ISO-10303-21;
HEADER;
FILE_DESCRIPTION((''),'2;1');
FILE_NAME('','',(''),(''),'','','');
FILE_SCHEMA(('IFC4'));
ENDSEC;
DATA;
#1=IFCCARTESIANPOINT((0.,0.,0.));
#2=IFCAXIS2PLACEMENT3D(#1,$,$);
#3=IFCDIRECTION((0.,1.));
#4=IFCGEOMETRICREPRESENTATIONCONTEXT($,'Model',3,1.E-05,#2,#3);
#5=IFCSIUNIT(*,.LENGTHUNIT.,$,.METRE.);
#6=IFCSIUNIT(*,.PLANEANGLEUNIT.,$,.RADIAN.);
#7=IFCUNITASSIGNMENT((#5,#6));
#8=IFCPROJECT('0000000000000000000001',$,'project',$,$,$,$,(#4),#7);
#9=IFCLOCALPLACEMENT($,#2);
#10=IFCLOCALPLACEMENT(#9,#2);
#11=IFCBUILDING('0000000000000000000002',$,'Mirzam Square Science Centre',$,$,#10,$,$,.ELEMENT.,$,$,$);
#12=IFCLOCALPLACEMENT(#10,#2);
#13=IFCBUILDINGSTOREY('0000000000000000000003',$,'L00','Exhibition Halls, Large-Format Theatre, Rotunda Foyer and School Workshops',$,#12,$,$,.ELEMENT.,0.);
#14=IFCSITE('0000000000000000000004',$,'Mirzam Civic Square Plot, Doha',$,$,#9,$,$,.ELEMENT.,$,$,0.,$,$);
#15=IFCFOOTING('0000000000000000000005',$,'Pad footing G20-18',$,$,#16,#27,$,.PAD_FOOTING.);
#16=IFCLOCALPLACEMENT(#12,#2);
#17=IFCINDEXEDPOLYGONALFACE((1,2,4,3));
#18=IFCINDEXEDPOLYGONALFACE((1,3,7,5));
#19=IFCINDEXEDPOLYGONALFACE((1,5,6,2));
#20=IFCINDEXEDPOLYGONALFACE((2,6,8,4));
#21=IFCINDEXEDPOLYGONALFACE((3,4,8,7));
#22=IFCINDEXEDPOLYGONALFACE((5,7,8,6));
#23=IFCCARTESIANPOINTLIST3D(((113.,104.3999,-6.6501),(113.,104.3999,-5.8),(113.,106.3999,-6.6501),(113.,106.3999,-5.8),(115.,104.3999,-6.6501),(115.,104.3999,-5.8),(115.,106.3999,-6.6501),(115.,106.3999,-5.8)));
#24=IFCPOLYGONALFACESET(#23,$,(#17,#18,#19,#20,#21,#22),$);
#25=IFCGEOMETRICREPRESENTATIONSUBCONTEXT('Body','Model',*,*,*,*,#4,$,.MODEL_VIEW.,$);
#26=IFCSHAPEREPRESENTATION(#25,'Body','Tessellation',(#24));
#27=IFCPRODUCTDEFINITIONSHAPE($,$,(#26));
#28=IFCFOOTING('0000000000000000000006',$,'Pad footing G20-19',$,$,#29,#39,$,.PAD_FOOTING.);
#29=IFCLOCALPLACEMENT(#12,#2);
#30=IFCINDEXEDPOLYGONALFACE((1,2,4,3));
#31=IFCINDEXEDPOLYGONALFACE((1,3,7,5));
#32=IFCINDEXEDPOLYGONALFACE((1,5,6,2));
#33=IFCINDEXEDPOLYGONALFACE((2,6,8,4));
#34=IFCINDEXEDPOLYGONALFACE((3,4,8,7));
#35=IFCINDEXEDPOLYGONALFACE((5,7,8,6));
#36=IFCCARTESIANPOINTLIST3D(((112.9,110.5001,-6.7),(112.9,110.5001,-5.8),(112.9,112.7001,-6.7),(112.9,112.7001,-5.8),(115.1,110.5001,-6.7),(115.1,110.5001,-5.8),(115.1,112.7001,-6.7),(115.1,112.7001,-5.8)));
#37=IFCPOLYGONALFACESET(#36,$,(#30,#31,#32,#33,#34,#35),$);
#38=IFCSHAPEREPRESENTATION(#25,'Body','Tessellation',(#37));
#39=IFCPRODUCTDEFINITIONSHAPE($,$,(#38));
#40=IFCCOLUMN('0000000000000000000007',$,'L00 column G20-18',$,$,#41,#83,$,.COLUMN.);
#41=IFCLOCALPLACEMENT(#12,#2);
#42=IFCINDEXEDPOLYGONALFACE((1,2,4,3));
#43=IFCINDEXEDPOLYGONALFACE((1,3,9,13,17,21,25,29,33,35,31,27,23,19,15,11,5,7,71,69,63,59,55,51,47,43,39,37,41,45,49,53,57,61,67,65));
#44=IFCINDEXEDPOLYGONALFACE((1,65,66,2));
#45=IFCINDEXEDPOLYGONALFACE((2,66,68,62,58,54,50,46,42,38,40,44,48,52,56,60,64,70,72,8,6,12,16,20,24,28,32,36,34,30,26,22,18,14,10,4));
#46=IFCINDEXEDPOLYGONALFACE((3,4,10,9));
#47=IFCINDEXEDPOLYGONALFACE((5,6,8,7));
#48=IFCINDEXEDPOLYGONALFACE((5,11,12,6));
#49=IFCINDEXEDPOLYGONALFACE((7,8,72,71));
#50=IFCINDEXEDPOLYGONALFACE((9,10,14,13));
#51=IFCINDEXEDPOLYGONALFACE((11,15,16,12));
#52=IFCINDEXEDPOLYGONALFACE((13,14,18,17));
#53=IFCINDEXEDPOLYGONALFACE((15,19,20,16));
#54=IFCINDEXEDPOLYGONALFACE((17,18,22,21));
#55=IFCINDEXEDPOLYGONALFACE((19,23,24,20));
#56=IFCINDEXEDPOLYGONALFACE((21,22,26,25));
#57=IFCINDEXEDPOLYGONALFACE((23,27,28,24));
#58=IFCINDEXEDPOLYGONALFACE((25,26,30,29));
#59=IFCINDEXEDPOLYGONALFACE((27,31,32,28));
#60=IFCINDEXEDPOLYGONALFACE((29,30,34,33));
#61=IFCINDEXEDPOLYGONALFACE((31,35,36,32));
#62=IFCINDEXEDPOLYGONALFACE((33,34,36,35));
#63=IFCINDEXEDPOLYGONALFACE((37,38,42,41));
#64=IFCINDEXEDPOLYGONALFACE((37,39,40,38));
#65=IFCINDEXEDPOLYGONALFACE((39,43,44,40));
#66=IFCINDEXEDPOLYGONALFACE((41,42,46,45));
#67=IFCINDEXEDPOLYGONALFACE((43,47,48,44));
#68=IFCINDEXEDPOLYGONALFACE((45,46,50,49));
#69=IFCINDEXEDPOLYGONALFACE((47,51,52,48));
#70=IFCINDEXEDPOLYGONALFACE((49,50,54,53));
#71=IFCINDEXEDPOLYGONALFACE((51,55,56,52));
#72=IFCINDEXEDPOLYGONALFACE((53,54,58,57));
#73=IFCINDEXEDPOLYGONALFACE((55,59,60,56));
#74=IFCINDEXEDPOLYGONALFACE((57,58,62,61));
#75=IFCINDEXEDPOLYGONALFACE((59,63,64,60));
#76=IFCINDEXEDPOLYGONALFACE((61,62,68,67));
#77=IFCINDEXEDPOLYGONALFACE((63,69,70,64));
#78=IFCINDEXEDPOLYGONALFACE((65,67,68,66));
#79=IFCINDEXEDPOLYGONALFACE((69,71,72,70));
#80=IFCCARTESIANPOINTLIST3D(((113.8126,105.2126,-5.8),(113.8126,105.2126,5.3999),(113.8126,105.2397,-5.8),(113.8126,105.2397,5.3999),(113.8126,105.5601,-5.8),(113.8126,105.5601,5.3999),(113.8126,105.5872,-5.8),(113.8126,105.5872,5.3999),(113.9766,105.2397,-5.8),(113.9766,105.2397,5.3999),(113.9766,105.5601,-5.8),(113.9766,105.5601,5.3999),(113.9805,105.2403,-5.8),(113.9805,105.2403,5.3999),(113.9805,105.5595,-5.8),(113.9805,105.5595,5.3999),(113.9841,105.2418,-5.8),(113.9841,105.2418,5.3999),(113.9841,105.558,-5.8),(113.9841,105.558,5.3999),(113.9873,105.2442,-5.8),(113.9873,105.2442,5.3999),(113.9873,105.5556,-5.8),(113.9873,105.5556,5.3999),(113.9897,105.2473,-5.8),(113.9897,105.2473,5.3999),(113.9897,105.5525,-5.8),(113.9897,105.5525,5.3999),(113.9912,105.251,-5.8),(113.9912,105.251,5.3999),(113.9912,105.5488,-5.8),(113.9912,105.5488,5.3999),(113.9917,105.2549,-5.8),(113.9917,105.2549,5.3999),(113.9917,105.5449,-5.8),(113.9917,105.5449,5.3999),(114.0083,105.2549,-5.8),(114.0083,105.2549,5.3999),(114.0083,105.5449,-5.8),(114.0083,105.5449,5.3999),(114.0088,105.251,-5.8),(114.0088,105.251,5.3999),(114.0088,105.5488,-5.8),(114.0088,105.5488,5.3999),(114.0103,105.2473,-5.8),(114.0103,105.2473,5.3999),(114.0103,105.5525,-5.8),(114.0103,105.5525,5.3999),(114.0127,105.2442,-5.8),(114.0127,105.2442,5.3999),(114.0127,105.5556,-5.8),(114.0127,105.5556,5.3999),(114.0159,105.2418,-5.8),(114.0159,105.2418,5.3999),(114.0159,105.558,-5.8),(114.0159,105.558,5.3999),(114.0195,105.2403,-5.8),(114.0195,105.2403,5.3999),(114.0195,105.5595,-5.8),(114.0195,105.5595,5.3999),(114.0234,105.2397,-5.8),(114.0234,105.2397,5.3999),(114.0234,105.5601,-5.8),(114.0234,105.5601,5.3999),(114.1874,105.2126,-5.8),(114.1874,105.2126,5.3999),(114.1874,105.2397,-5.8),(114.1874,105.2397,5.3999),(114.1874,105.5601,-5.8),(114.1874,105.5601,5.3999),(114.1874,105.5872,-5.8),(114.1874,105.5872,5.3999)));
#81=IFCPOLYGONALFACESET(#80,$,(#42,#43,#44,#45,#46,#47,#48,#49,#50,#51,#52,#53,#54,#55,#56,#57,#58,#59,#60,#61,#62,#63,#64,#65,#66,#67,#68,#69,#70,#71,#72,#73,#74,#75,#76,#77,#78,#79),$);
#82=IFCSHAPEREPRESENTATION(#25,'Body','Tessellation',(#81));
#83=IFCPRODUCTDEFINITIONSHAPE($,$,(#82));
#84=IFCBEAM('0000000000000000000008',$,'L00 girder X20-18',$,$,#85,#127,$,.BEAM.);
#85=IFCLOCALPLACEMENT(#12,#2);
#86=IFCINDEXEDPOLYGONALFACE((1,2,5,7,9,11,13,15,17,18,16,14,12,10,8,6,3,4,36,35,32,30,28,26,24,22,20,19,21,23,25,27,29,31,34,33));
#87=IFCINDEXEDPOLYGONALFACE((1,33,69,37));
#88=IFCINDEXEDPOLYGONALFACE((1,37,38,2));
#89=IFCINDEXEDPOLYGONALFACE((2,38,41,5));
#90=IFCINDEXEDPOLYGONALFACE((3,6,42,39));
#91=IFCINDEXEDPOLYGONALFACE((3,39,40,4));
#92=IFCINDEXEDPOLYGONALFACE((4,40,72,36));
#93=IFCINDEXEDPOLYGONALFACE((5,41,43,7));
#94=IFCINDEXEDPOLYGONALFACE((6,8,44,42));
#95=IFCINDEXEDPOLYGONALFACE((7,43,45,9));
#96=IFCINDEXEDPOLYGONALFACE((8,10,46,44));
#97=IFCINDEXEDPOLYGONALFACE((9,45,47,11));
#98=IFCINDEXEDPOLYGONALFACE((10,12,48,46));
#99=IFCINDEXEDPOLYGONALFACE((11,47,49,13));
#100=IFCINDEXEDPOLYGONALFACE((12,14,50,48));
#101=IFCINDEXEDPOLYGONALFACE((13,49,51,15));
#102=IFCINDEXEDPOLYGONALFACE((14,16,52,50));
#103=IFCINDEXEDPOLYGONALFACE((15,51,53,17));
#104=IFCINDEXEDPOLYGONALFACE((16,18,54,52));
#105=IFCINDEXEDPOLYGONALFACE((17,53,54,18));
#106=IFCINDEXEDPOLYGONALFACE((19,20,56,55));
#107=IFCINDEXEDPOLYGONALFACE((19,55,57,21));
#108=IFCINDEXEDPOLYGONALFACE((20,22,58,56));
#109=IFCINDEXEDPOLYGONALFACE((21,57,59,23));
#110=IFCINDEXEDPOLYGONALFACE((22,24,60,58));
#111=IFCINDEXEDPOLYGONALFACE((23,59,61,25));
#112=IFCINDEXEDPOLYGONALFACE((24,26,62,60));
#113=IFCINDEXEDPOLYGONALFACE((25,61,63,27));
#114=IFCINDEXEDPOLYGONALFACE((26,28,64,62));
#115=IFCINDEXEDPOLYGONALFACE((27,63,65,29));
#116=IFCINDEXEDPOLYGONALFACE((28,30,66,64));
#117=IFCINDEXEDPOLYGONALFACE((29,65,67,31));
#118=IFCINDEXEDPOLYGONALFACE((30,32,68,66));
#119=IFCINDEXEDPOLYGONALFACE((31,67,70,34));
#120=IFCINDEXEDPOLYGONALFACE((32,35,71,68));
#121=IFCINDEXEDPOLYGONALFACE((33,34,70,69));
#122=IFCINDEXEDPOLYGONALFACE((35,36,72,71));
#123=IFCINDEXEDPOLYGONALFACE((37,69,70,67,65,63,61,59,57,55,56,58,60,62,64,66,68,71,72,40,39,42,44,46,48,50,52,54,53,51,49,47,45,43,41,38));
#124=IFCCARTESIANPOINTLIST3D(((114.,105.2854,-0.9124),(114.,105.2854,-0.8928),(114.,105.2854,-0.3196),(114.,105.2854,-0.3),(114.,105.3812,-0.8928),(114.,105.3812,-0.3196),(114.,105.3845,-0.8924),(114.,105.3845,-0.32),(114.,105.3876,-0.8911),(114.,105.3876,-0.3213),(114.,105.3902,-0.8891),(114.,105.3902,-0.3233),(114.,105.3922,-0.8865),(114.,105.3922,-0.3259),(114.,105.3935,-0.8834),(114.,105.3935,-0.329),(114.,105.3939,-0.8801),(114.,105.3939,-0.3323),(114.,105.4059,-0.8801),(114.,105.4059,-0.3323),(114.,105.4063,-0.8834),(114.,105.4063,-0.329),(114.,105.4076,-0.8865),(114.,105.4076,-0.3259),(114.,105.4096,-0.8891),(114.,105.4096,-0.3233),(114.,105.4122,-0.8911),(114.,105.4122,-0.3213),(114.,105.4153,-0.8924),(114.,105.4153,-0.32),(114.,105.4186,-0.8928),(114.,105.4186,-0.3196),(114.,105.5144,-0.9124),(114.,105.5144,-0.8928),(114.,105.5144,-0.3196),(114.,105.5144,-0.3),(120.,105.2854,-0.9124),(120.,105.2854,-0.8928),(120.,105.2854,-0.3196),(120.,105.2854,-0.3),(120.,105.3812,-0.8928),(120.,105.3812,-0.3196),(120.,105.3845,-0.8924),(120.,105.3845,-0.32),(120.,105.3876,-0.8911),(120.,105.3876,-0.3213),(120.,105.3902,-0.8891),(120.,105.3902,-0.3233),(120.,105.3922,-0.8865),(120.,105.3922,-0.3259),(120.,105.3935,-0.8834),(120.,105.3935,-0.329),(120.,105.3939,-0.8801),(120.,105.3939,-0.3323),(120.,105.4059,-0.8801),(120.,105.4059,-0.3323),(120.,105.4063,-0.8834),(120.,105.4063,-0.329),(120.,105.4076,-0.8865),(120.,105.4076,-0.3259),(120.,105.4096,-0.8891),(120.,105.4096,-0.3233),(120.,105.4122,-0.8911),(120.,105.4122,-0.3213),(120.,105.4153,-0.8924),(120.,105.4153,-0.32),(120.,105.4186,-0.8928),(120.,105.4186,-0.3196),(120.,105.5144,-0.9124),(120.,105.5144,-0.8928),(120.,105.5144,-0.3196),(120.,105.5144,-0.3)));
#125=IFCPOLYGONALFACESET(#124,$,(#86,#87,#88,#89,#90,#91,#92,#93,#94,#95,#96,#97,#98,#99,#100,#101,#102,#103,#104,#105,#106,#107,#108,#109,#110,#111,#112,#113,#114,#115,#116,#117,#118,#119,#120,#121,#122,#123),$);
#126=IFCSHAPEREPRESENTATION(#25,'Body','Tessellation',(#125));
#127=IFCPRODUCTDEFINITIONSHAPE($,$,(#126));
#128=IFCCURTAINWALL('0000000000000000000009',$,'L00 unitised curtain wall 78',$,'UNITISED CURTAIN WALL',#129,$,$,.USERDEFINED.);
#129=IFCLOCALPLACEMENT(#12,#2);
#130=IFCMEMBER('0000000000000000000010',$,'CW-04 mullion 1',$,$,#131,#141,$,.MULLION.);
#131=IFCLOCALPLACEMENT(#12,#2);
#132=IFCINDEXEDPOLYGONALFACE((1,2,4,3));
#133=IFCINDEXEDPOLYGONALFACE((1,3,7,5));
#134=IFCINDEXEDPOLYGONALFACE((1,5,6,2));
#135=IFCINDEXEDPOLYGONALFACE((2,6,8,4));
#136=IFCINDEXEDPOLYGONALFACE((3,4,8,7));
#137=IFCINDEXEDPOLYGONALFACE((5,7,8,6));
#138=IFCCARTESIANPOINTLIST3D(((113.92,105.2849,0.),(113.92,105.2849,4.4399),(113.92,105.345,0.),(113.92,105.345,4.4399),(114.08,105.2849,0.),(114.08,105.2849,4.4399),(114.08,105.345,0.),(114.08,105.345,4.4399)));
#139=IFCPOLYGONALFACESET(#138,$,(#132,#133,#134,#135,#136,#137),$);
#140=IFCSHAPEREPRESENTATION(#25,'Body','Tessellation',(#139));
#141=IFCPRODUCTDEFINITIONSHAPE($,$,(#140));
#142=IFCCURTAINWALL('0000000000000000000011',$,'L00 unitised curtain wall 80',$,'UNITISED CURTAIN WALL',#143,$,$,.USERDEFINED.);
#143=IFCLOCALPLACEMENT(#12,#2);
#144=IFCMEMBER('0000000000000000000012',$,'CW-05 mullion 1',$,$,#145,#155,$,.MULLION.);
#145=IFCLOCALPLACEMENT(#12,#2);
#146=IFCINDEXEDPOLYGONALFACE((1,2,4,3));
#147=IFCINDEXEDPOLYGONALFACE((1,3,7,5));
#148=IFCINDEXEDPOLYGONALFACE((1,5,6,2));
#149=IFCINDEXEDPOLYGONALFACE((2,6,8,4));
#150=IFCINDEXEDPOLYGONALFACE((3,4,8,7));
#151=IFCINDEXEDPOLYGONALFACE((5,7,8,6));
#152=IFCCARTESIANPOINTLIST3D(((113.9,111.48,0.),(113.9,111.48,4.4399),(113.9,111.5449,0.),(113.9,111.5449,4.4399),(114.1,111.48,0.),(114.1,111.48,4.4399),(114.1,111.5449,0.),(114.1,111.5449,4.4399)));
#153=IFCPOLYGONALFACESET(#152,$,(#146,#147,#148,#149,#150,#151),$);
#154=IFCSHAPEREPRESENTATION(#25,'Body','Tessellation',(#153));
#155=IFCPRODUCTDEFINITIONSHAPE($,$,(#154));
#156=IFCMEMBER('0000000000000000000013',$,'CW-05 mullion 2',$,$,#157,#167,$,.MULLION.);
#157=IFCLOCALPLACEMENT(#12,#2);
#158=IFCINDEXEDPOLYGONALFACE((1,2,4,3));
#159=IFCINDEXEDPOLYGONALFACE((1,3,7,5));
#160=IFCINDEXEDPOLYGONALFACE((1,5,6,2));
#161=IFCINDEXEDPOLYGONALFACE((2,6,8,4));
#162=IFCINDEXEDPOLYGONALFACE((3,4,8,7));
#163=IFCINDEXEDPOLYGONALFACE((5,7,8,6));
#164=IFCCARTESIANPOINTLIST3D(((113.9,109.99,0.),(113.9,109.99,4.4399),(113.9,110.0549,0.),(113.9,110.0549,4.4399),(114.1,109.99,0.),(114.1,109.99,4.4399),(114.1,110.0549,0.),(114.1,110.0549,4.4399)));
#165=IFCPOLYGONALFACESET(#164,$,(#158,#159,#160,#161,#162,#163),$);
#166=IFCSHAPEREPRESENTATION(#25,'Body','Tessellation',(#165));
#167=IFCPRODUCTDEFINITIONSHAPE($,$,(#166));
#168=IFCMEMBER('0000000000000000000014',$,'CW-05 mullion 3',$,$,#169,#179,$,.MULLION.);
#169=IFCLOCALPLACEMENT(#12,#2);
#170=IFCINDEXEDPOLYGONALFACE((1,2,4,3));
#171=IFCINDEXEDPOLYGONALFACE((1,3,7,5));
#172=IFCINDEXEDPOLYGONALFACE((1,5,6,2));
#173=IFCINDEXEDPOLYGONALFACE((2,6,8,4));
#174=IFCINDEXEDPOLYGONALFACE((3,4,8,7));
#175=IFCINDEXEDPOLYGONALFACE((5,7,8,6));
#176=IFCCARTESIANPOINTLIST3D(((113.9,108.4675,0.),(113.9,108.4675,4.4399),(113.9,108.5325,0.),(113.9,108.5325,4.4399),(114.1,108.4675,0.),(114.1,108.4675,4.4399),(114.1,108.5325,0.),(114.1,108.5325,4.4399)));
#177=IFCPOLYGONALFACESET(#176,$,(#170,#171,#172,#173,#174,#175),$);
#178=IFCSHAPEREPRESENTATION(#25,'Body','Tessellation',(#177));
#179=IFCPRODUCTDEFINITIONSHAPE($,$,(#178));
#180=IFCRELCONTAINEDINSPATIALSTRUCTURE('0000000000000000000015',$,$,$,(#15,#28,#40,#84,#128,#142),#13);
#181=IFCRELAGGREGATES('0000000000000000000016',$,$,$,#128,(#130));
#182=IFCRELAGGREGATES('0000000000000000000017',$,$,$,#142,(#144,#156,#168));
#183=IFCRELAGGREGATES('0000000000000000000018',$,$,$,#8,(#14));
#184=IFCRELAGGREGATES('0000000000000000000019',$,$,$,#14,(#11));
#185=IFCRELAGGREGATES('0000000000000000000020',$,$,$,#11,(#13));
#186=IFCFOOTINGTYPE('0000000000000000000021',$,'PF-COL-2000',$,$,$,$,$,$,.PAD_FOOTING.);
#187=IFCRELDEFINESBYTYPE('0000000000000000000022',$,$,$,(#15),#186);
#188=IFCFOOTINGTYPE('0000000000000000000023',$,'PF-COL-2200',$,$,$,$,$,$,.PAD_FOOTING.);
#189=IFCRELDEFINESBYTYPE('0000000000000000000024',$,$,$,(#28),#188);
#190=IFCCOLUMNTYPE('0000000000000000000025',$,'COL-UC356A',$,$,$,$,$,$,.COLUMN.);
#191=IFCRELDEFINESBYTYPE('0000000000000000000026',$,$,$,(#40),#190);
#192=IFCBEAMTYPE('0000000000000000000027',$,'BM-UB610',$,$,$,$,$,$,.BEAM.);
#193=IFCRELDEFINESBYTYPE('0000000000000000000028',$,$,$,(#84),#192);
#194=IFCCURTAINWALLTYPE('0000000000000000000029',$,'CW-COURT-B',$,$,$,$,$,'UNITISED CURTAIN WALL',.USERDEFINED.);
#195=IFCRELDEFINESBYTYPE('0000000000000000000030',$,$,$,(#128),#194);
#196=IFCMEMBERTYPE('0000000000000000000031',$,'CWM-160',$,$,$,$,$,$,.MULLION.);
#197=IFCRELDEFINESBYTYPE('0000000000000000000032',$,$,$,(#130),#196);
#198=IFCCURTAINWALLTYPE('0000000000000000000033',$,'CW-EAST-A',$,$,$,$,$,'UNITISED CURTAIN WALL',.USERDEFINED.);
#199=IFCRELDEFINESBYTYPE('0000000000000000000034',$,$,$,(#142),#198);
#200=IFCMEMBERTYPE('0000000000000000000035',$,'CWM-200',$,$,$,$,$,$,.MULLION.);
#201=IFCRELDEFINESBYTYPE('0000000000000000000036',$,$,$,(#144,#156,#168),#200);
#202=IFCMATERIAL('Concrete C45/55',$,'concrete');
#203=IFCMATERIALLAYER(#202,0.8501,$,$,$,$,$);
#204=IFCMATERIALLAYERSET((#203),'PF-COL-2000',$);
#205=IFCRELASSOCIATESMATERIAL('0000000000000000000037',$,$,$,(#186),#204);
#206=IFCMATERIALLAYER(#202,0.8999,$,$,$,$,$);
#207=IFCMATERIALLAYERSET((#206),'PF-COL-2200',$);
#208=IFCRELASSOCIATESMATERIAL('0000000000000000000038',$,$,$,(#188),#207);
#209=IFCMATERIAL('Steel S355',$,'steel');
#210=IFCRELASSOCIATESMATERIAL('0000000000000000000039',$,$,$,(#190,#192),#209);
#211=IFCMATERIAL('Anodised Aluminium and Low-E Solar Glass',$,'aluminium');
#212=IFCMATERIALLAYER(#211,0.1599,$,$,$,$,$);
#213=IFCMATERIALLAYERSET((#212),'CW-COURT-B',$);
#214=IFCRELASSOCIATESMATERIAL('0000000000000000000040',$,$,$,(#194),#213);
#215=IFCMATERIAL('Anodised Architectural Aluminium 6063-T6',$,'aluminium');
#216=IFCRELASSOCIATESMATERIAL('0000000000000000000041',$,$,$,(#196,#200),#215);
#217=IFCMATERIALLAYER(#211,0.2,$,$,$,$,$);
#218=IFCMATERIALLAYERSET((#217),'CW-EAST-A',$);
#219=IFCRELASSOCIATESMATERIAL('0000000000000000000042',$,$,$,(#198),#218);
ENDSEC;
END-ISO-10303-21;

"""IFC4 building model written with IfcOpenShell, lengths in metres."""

from ifc_helpers import new_model, si_unit, direction, frame, origin, origin_2d, place, context, subcontext, project, spatial, rectangle, i_section, extrude, material, layer, layer_set, material_profile, profile_set, type_object, element, aggregate, save


model = new_model("IFC4")

# Units and contexts
model_context = context("Model", 3, precision=1e-05, world=origin(), true_north=direction((0.0, 1.0)))
body_context = subcontext(model_context, "Body", "Model", "MODEL_VIEW")
ifc_project = project(units=[si_unit("LENGTHUNIT", "METRE"), si_unit("PLANEANGLEUNIT", "RADIAN")], contexts=[model_context])

# Site, building, storey
site_placement = place(None, origin())
site = spatial("IfcSite", under=ifc_project, at=site_placement, Name="Mirzam Civic Square Plot, Doha", CompositionType="ELEMENT", RefElevation=0.0)
building_placement = place(site_placement, origin())
building = spatial("IfcBuilding", under=site, at=building_placement, Name="Mirzam Square Science Centre", CompositionType="ELEMENT")
storey_placement = place(building_placement, origin())
storey = spatial("IfcBuildingStorey", under=building, at=storey_placement, Name="L00", Description="Exhibition Halls, Large-Format Theatre, Rotunda Foyer and School Workshops", CompositionType="ELEMENT", Elevation=0.0)

# Footings
ifc_material_1 = material(Name="Concrete C45/55", Category="concrete")
ifc_layer_1 = layer(ifc_material_1, 0.8501)
ifc_layer_set_1 = layer_set([ifc_layer_1], Name="PF-COL-2000")
footing_type_1 = type_object("IfcFootingType", Name="PF-COL-2000", PredefinedType="PAD_FOOTING", material=ifc_layer_set_1)
footing_1_placement = place(storey_placement, frame((114.0, 105.3999, -6.6501), z_axis=(0.0, 0.0, 1.0), x_axis=(1.0, 0.0, 0.0)))
element("IfcFooting", 1, at=footing_1_placement, inside=storey, type_object=footing_type_1, Name="Pad footing G20-18", PredefinedType="PAD_FOOTING", context=body_context, shape_type="SweptSolid", body=[
    extrude(rectangle(XDim=2.0, YDim=2.0, at=origin_2d()), origin(), (0.0, 0.0, 1.0), 0.8501),
])
ifc_layer_2 = layer(ifc_material_1, 0.8999)
ifc_layer_set_2 = layer_set([ifc_layer_2], Name="PF-COL-2200")
footing_type_2 = type_object("IfcFootingType", Name="PF-COL-2200", PredefinedType="PAD_FOOTING", material=ifc_layer_set_2)
footing_2_placement = place(storey_placement, frame((114.0, 111.6001, -6.7), z_axis=(0.0, 0.0, 1.0), x_axis=(1.0, 0.0, 0.0)))
element("IfcFooting", 2, at=footing_2_placement, inside=storey, type_object=footing_type_2, Name="Pad footing G20-19", PredefinedType="PAD_FOOTING", context=body_context, shape_type="SweptSolid", body=[
    extrude(rectangle(XDim=2.2, YDim=2.2, at=origin_2d()), origin(), (0.0, 0.0, 1.0), 0.8999),
])

# Column
ifc_material_2 = material(Name="Steel S355", Category="steel")
ifc_material_profile_1 = material_profile(ifc_material_2, i_section(OverallWidth=0.3748, OverallDepth=0.3745, WebThickness=0.0166, FlangeThickness=0.0271, FilletRadius=0.0151, at=origin_2d()), Name="356x368x202UC")
ifc_profile_set_1 = profile_set([ifc_material_profile_1], Name="Steel S355")
column_type = type_object("IfcColumnType", Name="COL-UC356A", PredefinedType="COLUMN", material=ifc_profile_set_1)
column_placement = place(storey_placement, frame((114.0, 105.3999, -5.8), z_axis=(0.0, 0.0, 1.0), x_axis=(1.0, 0.0, 0.0)))
element("IfcColumn", 3, at=column_placement, inside=storey, type_object=column_type, Name="L00 column G20-18", PredefinedType="COLUMN", context=body_context, shape_type="SweptSolid", body=[
    extrude(i_section(OverallWidth=0.3748, OverallDepth=0.3745, WebThickness=0.0166, FlangeThickness=0.0271, FilletRadius=0.0151, at=origin_2d()), origin(), (0.0, 0.0, 1.0), 11.2),
])

# Beam
ifc_material_profile_2 = material_profile(ifc_material_2, i_section(OverallWidth=0.229, OverallDepth=0.6123, WebThickness=0.012, FlangeThickness=0.0195, FilletRadius=0.0127, at=origin_2d()), Name="610x229x125UB")
ifc_profile_set_2 = profile_set([ifc_material_profile_2], Name="Steel S355")
beam_type_1 = type_object("IfcBeamType", Name="BM-UB610", PredefinedType="BEAM", material=ifc_profile_set_2)
beam_1_placement = place(storey_placement, frame((114.0, 105.3999, -0.6062), z_axis=(1.0, 0.0, 0.0), x_axis=(0.0, 1.0, 0.0)))
element("IfcBeam", 4, at=beam_1_placement, inside=storey, type_object=beam_type_1, Name="L00 girder X20-18", PredefinedType="BEAM", context=body_context, shape_type="SweptSolid", body=[
    extrude(i_section(OverallWidth=0.229, OverallDepth=0.6123, WebThickness=0.012, FlangeThickness=0.0195, FilletRadius=0.0127, at=origin_2d()), origin(), (0.0, 0.0, 1.0), 6.0),
])

# Curtain wall, member
ifc_material_3 = material(Name="Anodised Aluminium and Low-E Solar Glass", Category="aluminium")
ifc_layer_3 = layer(ifc_material_3, 0.1599)
ifc_layer_set_3 = layer_set([ifc_layer_3], Name="CW-COURT-B")
curtain_wall_type_1 = type_object("IfcCurtainWallType", Name="CW-COURT-B", ElementType="UNITISED CURTAIN WALL", PredefinedType="USERDEFINED", material=ifc_layer_set_3)
curtain_wall_1_placement = place(storey_placement, origin())
curtain_wall_1 = element("IfcCurtainWall", 5, at=curtain_wall_1_placement, inside=storey, type_object=curtain_wall_type_1, Name="L00 unitised curtain wall 78", ObjectType="UNITISED CURTAIN WALL", PredefinedType="USERDEFINED")
ifc_material_4 = material(Name="Anodised Architectural Aluminium 6063-T6", Category="aluminium")
ifc_material_profile_3 = material_profile(ifc_material_4, rectangle(XDim=0.0601, YDim=0.1599, at=origin_2d()), Name="ALU-MULL-160x60x4")
ifc_profile_set_3 = profile_set([ifc_material_profile_3], Name="Anodised Architectural Aluminium 6063-T6")
member_type_1 = type_object("IfcMemberType", Name="CWM-160", PredefinedType="MULLION", material=ifc_profile_set_3)
member_1_placement = place(storey_placement, frame((114.0, 105.3149, 0.0), z_axis=(0.0, 0.0, 1.0), x_axis=(0.0, -1.0, 0.0)))
member_1 = element("IfcMember", 6, at=member_1_placement, type_object=member_type_1, Name="CW-04 mullion 1", PredefinedType="MULLION", context=body_context, shape_type="SweptSolid", body=[
    extrude(rectangle(XDim=0.0601, YDim=0.1599, at=origin_2d()), origin(), (0.0, 0.0, 1.0), 4.4399),
])

# Curtain wall, members
ifc_layer_4 = layer(ifc_material_3, 0.2)
ifc_layer_set_4 = layer_set([ifc_layer_4], Name="CW-EAST-A")
curtain_wall_type_2 = type_object("IfcCurtainWallType", Name="CW-EAST-A", ElementType="UNITISED CURTAIN WALL", PredefinedType="USERDEFINED", material=ifc_layer_set_4)
curtain_wall_2_placement = place(storey_placement, origin())
curtain_wall_2 = element("IfcCurtainWall", 7, at=curtain_wall_2_placement, inside=storey, type_object=curtain_wall_type_2, Name="L00 unitised curtain wall 80", ObjectType="UNITISED CURTAIN WALL", PredefinedType="USERDEFINED")
ifc_material_profile_4 = material_profile(ifc_material_4, rectangle(XDim=0.0649, YDim=0.2, at=origin_2d()), Name="ALU-MULL-200x65x5")
ifc_profile_set_4 = profile_set([ifc_material_profile_4], Name="Anodised Architectural Aluminium 6063-T6")
member_type_2 = type_object("IfcMemberType", Name="CWM-200", PredefinedType="MULLION", material=ifc_profile_set_4)
member_2_placement = place(storey_placement, frame((114.0, 111.5125, 0.0), z_axis=(0.0, 0.0, 1.0), x_axis=(0.0, -1.0, 0.0)))
member_2 = element("IfcMember", 8, at=member_2_placement, type_object=member_type_2, Name="CW-05 mullion 1", PredefinedType="MULLION", context=body_context, shape_type="SweptSolid", body=[
    extrude(rectangle(XDim=0.0649, YDim=0.2, at=origin_2d()), origin(), (0.0, 0.0, 1.0), 4.4399),
])
member_3_placement = place(storey_placement, frame((114.0, 110.0225, 0.0), z_axis=(0.0, 0.0, 1.0), x_axis=(0.0, -1.0, 0.0)))
member_3 = element("IfcMember", 9, at=member_3_placement, type_object=member_type_2, Name="CW-05 mullion 2", PredefinedType="MULLION", context=body_context, shape_type="SweptSolid", body=[
    extrude(rectangle(XDim=0.0649, YDim=0.2, at=origin_2d()), origin(), (0.0, 0.0, 1.0), 4.4399),
])
member_4_placement = place(storey_placement, frame((114.0, 108.5, 0.0), z_axis=(0.0, 0.0, 1.0), x_axis=(0.0, -1.0, 0.0)))
member_4 = element("IfcMember", 10, at=member_4_placement, type_object=member_type_2, Name="CW-05 mullion 3", PredefinedType="MULLION", context=body_context, shape_type="SweptSolid", body=[
    extrude(rectangle(XDim=0.0649, YDim=0.2, at=origin_2d()), origin(), (0.0, 0.0, 1.0), 4.4399),
])

aggregate(curtain_wall_1, [member_1])

aggregate(curtain_wall_2, [member_2, member_3, member_4])

save(model, "model.ifc")
